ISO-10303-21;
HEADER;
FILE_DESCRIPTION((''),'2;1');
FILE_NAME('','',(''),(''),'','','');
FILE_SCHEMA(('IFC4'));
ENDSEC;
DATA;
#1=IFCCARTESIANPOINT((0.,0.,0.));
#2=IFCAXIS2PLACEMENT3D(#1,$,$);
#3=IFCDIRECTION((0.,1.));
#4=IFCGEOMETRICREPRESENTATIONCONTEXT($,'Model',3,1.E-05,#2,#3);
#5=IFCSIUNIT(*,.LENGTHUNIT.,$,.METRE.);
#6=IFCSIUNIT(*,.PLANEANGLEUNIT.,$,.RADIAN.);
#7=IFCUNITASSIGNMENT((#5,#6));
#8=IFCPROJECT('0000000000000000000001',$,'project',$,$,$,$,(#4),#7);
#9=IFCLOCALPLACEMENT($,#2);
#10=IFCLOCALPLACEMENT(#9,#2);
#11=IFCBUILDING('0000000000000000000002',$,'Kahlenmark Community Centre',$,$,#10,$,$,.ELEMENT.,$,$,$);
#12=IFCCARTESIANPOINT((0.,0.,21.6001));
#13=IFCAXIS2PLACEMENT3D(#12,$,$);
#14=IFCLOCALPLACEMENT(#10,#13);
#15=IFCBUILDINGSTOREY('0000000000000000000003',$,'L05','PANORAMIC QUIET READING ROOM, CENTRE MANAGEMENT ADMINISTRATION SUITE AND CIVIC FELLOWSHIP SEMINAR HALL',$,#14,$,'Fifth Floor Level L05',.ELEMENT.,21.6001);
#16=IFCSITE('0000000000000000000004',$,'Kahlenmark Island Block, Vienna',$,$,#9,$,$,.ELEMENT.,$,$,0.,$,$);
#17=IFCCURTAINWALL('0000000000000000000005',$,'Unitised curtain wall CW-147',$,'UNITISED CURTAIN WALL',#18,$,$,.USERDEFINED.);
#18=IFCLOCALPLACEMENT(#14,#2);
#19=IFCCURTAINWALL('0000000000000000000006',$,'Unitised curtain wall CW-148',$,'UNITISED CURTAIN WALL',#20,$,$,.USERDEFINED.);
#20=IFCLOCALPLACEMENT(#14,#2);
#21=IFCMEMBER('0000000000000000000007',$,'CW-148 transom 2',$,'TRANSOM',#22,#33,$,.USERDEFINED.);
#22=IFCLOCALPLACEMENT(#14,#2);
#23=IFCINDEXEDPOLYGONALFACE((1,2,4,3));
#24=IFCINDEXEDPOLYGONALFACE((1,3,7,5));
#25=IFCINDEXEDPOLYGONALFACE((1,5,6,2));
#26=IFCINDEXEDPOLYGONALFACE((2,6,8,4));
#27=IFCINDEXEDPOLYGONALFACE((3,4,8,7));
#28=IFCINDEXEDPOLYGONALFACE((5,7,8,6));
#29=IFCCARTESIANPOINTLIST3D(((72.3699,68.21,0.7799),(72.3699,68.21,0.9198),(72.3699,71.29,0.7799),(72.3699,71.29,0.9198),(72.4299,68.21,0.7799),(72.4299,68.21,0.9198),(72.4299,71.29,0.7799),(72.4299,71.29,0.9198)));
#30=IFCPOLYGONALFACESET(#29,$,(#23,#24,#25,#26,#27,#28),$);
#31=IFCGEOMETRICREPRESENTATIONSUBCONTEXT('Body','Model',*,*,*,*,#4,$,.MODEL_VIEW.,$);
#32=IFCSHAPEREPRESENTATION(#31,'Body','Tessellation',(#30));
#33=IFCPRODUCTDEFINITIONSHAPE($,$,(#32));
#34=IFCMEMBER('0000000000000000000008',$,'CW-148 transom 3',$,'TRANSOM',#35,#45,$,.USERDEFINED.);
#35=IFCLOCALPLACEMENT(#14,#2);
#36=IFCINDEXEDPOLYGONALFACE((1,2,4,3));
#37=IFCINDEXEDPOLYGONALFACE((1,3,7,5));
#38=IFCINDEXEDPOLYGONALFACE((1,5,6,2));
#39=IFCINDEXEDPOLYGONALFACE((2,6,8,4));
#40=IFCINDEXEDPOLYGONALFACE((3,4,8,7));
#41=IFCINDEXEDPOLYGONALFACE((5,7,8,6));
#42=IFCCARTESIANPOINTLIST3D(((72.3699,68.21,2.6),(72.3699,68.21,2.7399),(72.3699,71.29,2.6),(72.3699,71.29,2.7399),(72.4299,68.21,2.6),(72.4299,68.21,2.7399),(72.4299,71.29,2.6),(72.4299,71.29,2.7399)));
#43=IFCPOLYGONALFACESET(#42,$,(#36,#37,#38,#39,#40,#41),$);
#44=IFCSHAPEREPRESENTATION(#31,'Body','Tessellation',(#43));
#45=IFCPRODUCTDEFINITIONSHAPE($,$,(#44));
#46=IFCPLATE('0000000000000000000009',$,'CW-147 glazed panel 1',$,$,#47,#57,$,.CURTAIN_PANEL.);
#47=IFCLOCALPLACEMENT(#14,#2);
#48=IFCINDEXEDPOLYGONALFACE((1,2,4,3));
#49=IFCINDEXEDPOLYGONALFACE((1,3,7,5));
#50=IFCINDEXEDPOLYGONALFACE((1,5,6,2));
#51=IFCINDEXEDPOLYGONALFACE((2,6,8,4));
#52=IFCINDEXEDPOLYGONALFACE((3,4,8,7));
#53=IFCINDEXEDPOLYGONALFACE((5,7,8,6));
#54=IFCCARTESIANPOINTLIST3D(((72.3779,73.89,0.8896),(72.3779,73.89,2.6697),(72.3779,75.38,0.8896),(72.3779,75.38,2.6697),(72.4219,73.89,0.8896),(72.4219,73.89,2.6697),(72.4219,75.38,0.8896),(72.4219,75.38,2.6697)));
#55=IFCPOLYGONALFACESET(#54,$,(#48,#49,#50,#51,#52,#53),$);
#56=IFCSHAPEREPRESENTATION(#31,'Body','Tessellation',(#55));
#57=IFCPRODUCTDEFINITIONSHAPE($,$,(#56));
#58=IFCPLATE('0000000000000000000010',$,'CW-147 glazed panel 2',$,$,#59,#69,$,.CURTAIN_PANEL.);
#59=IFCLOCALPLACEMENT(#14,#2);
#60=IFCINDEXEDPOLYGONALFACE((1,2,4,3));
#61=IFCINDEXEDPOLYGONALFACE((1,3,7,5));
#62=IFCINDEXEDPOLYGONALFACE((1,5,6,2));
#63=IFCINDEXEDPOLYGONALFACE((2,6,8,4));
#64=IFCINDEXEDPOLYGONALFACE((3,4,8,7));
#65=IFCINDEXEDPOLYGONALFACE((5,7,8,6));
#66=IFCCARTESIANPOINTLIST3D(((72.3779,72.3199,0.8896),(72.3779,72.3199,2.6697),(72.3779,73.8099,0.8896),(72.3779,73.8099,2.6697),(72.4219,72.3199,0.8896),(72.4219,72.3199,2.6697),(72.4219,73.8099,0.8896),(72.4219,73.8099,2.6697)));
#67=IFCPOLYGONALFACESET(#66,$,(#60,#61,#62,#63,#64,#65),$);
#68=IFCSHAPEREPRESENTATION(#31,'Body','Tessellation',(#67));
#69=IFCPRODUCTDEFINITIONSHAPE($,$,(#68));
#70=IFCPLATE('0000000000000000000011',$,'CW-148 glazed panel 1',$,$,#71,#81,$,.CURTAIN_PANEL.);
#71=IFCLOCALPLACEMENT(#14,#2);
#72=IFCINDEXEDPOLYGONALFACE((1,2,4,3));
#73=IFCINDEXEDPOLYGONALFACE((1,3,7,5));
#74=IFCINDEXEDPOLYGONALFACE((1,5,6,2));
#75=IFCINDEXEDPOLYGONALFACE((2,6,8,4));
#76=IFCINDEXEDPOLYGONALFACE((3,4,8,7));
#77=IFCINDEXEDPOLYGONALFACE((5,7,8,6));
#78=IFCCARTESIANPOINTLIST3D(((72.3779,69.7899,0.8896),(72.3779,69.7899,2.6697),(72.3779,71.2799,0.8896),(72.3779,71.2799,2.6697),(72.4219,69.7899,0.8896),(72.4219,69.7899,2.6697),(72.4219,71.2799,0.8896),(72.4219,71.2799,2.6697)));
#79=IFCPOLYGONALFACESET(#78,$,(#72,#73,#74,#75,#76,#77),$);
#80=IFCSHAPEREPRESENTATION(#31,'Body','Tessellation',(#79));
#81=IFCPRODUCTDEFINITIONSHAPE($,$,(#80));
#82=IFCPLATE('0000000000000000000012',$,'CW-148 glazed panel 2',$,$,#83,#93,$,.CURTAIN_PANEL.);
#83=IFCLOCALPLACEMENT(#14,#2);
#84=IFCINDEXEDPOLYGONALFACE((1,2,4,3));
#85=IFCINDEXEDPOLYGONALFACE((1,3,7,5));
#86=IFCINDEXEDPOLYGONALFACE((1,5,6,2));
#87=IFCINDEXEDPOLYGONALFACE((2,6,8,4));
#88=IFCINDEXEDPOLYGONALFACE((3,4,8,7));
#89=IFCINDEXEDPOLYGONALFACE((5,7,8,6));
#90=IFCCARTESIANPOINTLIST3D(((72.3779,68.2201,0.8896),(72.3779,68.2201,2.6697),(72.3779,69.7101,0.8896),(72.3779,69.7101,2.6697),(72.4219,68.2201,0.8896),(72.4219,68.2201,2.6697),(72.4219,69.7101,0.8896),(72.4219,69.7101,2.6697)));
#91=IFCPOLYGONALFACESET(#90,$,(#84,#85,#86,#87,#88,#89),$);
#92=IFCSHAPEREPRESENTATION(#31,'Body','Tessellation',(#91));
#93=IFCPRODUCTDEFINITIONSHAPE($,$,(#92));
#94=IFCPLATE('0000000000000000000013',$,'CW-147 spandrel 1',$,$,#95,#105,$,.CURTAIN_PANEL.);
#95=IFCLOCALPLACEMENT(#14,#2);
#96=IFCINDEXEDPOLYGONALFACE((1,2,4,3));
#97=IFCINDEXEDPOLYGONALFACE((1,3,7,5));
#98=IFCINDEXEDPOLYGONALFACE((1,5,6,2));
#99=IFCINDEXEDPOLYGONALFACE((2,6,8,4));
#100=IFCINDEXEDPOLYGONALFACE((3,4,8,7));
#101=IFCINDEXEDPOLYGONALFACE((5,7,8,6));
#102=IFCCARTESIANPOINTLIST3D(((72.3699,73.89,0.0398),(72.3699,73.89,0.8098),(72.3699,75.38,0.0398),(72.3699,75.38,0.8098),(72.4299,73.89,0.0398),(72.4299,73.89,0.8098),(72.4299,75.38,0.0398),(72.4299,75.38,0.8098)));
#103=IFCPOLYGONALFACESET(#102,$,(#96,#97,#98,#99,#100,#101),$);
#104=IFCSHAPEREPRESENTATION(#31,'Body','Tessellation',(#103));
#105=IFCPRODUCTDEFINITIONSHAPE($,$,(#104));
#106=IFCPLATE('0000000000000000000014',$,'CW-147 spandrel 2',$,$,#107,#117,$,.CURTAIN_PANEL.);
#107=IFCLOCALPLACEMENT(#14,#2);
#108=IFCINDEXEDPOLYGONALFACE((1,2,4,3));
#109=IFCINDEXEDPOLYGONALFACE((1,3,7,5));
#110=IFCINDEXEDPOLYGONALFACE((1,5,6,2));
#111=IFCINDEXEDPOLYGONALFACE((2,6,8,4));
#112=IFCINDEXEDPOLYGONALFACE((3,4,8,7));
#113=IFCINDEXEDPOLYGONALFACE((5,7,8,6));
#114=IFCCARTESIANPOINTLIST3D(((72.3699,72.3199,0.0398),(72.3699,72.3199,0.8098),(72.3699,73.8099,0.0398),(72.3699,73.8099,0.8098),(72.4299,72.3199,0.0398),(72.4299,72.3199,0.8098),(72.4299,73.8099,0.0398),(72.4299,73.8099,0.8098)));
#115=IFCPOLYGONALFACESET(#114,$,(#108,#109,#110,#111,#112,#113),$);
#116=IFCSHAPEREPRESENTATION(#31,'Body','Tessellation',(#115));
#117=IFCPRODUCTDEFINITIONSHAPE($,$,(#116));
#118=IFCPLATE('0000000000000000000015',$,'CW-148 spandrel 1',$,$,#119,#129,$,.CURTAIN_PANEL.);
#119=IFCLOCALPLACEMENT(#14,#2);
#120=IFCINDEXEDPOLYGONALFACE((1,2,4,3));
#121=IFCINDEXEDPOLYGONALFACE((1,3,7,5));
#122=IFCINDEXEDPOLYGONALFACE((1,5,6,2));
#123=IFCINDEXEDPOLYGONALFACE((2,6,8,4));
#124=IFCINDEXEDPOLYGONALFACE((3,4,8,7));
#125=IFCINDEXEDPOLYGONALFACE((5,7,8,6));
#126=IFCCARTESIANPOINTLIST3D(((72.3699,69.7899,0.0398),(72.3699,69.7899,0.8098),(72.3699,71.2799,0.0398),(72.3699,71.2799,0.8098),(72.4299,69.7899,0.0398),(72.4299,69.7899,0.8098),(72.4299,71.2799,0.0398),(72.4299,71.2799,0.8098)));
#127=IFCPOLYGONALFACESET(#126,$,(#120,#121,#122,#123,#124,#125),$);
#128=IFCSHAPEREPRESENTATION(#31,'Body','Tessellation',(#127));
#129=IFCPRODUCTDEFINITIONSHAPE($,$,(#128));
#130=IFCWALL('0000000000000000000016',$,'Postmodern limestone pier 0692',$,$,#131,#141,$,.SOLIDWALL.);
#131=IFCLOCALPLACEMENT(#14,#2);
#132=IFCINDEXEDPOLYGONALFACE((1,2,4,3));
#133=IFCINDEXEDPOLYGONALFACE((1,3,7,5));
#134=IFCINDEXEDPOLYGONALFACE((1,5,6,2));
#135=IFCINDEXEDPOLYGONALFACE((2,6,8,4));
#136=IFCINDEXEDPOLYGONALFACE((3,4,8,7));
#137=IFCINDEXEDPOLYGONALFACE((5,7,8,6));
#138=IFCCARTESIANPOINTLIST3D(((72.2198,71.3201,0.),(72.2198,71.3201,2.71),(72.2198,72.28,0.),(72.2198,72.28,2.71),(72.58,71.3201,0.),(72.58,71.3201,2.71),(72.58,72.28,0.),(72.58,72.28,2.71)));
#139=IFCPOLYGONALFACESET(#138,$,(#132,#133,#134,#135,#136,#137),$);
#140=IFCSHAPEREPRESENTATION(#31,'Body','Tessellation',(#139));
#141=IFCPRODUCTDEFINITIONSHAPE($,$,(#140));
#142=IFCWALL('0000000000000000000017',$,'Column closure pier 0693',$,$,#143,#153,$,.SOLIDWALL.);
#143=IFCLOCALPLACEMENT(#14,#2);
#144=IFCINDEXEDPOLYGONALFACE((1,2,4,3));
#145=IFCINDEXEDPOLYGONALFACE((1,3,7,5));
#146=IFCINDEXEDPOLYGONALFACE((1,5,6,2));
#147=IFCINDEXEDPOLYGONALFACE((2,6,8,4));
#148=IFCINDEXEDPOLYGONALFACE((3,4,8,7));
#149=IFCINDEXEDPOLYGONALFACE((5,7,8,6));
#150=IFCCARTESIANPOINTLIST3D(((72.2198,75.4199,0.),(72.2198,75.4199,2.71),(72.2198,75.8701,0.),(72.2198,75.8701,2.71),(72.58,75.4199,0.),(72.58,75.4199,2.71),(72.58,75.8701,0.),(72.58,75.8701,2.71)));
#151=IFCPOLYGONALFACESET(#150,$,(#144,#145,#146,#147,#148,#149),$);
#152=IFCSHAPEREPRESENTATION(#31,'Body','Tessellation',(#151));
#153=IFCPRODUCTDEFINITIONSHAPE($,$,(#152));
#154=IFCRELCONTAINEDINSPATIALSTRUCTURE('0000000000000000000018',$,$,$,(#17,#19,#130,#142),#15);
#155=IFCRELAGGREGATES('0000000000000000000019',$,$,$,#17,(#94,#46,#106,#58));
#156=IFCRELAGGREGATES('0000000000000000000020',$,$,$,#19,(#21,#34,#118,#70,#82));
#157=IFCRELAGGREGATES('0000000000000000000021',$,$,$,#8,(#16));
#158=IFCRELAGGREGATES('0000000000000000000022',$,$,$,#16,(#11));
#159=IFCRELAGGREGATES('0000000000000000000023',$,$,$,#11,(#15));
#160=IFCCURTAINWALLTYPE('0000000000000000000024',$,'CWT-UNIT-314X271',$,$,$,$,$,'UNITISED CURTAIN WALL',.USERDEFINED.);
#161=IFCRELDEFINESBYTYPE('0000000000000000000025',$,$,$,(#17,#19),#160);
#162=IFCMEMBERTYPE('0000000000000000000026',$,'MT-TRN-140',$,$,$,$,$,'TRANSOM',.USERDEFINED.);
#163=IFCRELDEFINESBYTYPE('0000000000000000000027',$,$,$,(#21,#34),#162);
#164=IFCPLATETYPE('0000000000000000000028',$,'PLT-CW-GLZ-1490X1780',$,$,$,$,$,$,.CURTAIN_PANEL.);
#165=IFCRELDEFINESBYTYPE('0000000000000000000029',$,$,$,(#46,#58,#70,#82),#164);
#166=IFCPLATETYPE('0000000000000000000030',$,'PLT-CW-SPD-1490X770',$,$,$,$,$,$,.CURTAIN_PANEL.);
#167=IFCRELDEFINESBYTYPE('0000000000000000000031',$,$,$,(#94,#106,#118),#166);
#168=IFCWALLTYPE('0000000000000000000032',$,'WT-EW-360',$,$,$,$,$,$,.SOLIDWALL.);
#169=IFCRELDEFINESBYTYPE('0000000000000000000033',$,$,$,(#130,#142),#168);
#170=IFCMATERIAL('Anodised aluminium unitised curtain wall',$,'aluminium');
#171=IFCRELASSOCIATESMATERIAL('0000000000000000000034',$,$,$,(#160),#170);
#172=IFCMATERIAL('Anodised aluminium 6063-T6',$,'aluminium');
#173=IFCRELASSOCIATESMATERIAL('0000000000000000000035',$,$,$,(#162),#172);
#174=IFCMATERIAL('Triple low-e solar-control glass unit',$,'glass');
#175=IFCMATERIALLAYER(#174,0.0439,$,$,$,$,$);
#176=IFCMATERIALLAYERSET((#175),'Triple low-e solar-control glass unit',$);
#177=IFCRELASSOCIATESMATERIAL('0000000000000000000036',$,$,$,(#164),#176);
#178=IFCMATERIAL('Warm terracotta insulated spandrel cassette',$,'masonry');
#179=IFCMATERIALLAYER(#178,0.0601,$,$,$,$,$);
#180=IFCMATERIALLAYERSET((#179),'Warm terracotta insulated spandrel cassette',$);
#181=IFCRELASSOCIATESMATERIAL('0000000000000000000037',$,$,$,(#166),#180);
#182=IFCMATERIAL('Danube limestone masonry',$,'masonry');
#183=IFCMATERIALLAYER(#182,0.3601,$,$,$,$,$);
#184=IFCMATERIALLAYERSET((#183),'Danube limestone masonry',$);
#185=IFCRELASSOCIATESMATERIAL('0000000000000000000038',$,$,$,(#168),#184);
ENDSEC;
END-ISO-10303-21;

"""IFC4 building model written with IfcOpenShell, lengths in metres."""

from ifc_helpers import new_model, si_unit, direction, frame, frame_2d, origin, origin_2d, place, context, subcontext, project, spatial, rectangle, extrude, material, layer, layer_set, material_profile, profile_set, type_object, element, aggregate, save


model = new_model("IFC4")

# Units and contexts
model_context = context("Model", 3, precision=1e-05, world=origin(), true_north=direction((0.0, 1.0)))
body_context = subcontext(model_context, "Body", "Model", "MODEL_VIEW")
ifc_project = project(units=[si_unit("LENGTHUNIT", "METRE"), si_unit("PLANEANGLEUNIT", "RADIAN")], contexts=[model_context])

# Site, building, storey
site_placement = place(None, origin())
site = spatial("IfcSite", under=ifc_project, at=site_placement, Name="Kahlenmark Island Block, Vienna", CompositionType="ELEMENT", RefElevation=0.0)
building_placement = place(site_placement, origin())
building = spatial("IfcBuilding", under=site, at=building_placement, Name="Kahlenmark Community Centre", CompositionType="ELEMENT")
storey_placement = place(building_placement, frame((0.0, 0.0, 21.6001)))
storey = spatial("IfcBuildingStorey", under=building, at=storey_placement, Name="L05", Description="PANORAMIC QUIET READING ROOM, CENTRE MANAGEMENT ADMINISTRATION SUITE AND CIVIC FELLOWSHIP SEMINAR HALL", LongName="Fifth Floor Level L05", CompositionType="ELEMENT", Elevation=21.6001)

# Curtain walls
ifc_material_1 = material(Name="Anodised aluminium unitised curtain wall", Category="aluminium")
curtain_wall_type = type_object("IfcCurtainWallType", Name="CWT-UNIT-314X271", ElementType="UNITISED CURTAIN WALL", PredefinedType="USERDEFINED", material=ifc_material_1)
curtain_wall_1_placement = place(storey_placement, origin())
curtain_wall_1 = element("IfcCurtainWall", 1, at=curtain_wall_1_placement, inside=storey, type_object=curtain_wall_type, Name="Unitised curtain wall CW-147", ObjectType="UNITISED CURTAIN WALL", PredefinedType="USERDEFINED")
ifc_material_2 = material(Name="Anodised aluminium 6063-T6", Category="aluminium")
curtain_wall_2_placement = place(storey_placement, origin())
curtain_wall_2 = element("IfcCurtainWall", 2, at=curtain_wall_2_placement, inside=storey, type_object=curtain_wall_type, Name="Unitised curtain wall CW-148", ObjectType="UNITISED CURTAIN WALL", PredefinedType="USERDEFINED")

# Members
ifc_material_profile_1 = material_profile(ifc_material_2, rectangle(XDim=0.0601, YDim=0.1399, at=origin_2d()), Name="ALU TRANSOM 60x140")
ifc_profile_set_1 = profile_set([ifc_material_profile_1], Name="Anodised aluminium 6063-T6")
member_type_1 = type_object("IfcMemberType", Name="MT-TRN-140", ElementType="TRANSOM", PredefinedType="USERDEFINED", material=ifc_profile_set_1)
member_1_placement = place(storey_placement, frame((72.3999, 71.29, 0.8499), z_axis=(0.0, -1.0, 0.0), x_axis=(1.0, 0.0, 0.0)))
member_1 = element("IfcMember", 3, at=member_1_placement, type_object=member_type_1, Name="CW-148 transom 2", ObjectType="TRANSOM", PredefinedType="USERDEFINED", context=body_context, shape_type="SweptSolid", body=[
    extrude(rectangle(XDim=0.0601, YDim=0.1399, at=origin_2d()), origin(), (0.0, 0.0, 1.0), 3.0801),
])
member_2_placement = place(storey_placement, frame((72.3999, 71.29, 2.6699), z_axis=(0.0, -1.0, 0.0), x_axis=(1.0, 0.0, 0.0)))
member_2 = element("IfcMember", 4, at=member_2_placement, type_object=member_type_1, Name="CW-148 transom 3", ObjectType="TRANSOM", PredefinedType="USERDEFINED", context=body_context, shape_type="SweptSolid", body=[
    extrude(rectangle(XDim=0.0601, YDim=0.1399, at=origin_2d()), origin(), (0.0, 0.0, 1.0), 3.0801),
])

# Plates
ifc_material_3 = material(Name="Triple low-e solar-control glass unit", Category="glass")
ifc_layer_1 = layer(ifc_material_3, 0.0439)
ifc_layer_set_1 = layer_set([ifc_layer_1], Name="Triple low-e solar-control glass unit")
plate_type_1 = type_object("IfcPlateType", Name="PLT-CW-GLZ-1490X1780", PredefinedType="CURTAIN_PANEL", material=ifc_layer_set_1)
plate_1_placement = place(storey_placement, frame((72.3999, 74.635, 0.8896), z_axis=(0.0, 0.0, 1.0), x_axis=(0.0, -1.0, 0.0)))
plate_1 = element("IfcPlate", 5, at=plate_1_placement, type_object=plate_type_1, Name="CW-147 glazed panel 1", PredefinedType="CURTAIN_PANEL", context=body_context, shape_type="SweptSolid", body=[
    extrude(rectangle(XDim=1.49, YDim=0.0439, at=origin_2d()), origin(), (0.0, 0.0, 1.0), 1.78),
])
plate_2_placement = place(storey_placement, frame((72.3999, 73.0649, 0.8896), z_axis=(0.0, 0.0, 1.0), x_axis=(0.0, -1.0, 0.0)))
plate_2 = element("IfcPlate", 6, at=plate_2_placement, type_object=plate_type_1, Name="CW-147 glazed panel 2", PredefinedType="CURTAIN_PANEL", context=body_context, shape_type="SweptSolid", body=[
    extrude(rectangle(XDim=1.49, YDim=0.0439, at=origin_2d()), origin(), (0.0, 0.0, 1.0), 1.78),
])
plate_3_placement = place(storey_placement, frame((72.3999, 70.5349, 0.8896), z_axis=(0.0, 0.0, 1.0), x_axis=(0.0, -1.0, 0.0)))
plate_3 = element("IfcPlate", 7, at=plate_3_placement, type_object=plate_type_1, Name="CW-148 glazed panel 1", PredefinedType="CURTAIN_PANEL", context=body_context, shape_type="SweptSolid", body=[
    extrude(rectangle(XDim=1.49, YDim=0.0439, at=origin_2d()), origin(), (0.0, 0.0, 1.0), 1.78),
])
plate_4_placement = place(storey_placement, frame((72.3999, 68.9651, 0.8896), z_axis=(0.0, 0.0, 1.0), x_axis=(0.0, -1.0, 0.0)))
plate_4 = element("IfcPlate", 8, at=plate_4_placement, type_object=plate_type_1, Name="CW-148 glazed panel 2", PredefinedType="CURTAIN_PANEL", context=body_context, shape_type="SweptSolid", body=[
    extrude(rectangle(XDim=1.49, YDim=0.0439, at=origin_2d()), origin(), (0.0, 0.0, 1.0), 1.78),
])
ifc_material_4 = material(Name="Warm terracotta insulated spandrel cassette", Category="masonry")
ifc_layer_2 = layer(ifc_material_4, 0.0601)
ifc_layer_set_2 = layer_set([ifc_layer_2], Name="Warm terracotta insulated spandrel cassette")
plate_type_2 = type_object("IfcPlateType", Name="PLT-CW-SPD-1490X770", PredefinedType="CURTAIN_PANEL", material=ifc_layer_set_2)
plate_5_placement = place(storey_placement, frame((72.3999, 74.635, 0.0398), z_axis=(0.0, 0.0, 1.0), x_axis=(0.0, -1.0, 0.0)))
plate_5 = element("IfcPlate", 9, at=plate_5_placement, type_object=plate_type_2, Name="CW-147 spandrel 1", PredefinedType="CURTAIN_PANEL", context=body_context, shape_type="SweptSolid", body=[
    extrude(rectangle(XDim=1.49, YDim=0.0601, at=origin_2d()), origin(), (0.0, 0.0, 1.0), 0.77),
])
plate_6_placement = place(storey_placement, frame((72.3999, 73.0649, 0.0398), z_axis=(0.0, 0.0, 1.0), x_axis=(0.0, -1.0, 0.0)))
plate_6 = element("IfcPlate", 10, at=plate_6_placement, type_object=plate_type_2, Name="CW-147 spandrel 2", PredefinedType="CURTAIN_PANEL", context=body_context, shape_type="SweptSolid", body=[
    extrude(rectangle(XDim=1.49, YDim=0.0601, at=origin_2d()), origin(), (0.0, 0.0, 1.0), 0.77),
])
aggregate(curtain_wall_1, [plate_5, plate_1, plate_6, plate_2])
plate_7_placement = place(storey_placement, frame((72.3999, 70.5349, 0.0398), z_axis=(0.0, 0.0, 1.0), x_axis=(0.0, -1.0, 0.0)))
plate_7 = element("IfcPlate", 11, at=plate_7_placement, type_object=plate_type_2, Name="CW-148 spandrel 1", PredefinedType="CURTAIN_PANEL", context=body_context, shape_type="SweptSolid", body=[
    extrude(rectangle(XDim=1.49, YDim=0.0601, at=origin_2d()), origin(), (0.0, 0.0, 1.0), 0.77),
])
aggregate(curtain_wall_2, [member_1, member_2, plate_7, plate_3, plate_4])

# Walls
ifc_material_5 = material(Name="Danube limestone masonry", Category="masonry")
ifc_layer_3 = layer(ifc_material_5, 0.3601)
ifc_layer_set_3 = layer_set([ifc_layer_3], Name="Danube limestone masonry")
wall_type = type_object("IfcWallType", Name="WT-EW-360", PredefinedType="SOLIDWALL", material=ifc_layer_set_3)
wall_1_placement = place(storey_placement, frame((72.3999, 72.28, 0.0), z_axis=(0.0, 0.0, 1.0), x_axis=(0.0, -1.0, 0.0)))
element("IfcWall", 12, at=wall_1_placement, inside=storey, type_object=wall_type, Name="Postmodern limestone pier 0692", PredefinedType="SOLIDWALL", context=body_context, shape_type="SweptSolid", body=[
    extrude(rectangle(XDim=0.96, YDim=0.3601, at=frame_2d((0.48, 0.0))), origin(), (0.0, 0.0, 1.0), 2.71),
])
wall_2_placement = place(storey_placement, frame((72.3999, 75.8701, 0.0), z_axis=(0.0, 0.0, 1.0), x_axis=(0.0, -1.0, 0.0)))
element("IfcWall", 13, at=wall_2_placement, inside=storey, type_object=wall_type, Name="Column closure pier 0693", PredefinedType="SOLIDWALL", context=body_context, shape_type="SweptSolid", body=[
    extrude(rectangle(XDim=0.4502, YDim=0.3601, at=frame_2d((0.2251, 0.0))), origin(), (0.0, 0.0, 1.0), 2.71),
])

save(model, "model.ifc")
